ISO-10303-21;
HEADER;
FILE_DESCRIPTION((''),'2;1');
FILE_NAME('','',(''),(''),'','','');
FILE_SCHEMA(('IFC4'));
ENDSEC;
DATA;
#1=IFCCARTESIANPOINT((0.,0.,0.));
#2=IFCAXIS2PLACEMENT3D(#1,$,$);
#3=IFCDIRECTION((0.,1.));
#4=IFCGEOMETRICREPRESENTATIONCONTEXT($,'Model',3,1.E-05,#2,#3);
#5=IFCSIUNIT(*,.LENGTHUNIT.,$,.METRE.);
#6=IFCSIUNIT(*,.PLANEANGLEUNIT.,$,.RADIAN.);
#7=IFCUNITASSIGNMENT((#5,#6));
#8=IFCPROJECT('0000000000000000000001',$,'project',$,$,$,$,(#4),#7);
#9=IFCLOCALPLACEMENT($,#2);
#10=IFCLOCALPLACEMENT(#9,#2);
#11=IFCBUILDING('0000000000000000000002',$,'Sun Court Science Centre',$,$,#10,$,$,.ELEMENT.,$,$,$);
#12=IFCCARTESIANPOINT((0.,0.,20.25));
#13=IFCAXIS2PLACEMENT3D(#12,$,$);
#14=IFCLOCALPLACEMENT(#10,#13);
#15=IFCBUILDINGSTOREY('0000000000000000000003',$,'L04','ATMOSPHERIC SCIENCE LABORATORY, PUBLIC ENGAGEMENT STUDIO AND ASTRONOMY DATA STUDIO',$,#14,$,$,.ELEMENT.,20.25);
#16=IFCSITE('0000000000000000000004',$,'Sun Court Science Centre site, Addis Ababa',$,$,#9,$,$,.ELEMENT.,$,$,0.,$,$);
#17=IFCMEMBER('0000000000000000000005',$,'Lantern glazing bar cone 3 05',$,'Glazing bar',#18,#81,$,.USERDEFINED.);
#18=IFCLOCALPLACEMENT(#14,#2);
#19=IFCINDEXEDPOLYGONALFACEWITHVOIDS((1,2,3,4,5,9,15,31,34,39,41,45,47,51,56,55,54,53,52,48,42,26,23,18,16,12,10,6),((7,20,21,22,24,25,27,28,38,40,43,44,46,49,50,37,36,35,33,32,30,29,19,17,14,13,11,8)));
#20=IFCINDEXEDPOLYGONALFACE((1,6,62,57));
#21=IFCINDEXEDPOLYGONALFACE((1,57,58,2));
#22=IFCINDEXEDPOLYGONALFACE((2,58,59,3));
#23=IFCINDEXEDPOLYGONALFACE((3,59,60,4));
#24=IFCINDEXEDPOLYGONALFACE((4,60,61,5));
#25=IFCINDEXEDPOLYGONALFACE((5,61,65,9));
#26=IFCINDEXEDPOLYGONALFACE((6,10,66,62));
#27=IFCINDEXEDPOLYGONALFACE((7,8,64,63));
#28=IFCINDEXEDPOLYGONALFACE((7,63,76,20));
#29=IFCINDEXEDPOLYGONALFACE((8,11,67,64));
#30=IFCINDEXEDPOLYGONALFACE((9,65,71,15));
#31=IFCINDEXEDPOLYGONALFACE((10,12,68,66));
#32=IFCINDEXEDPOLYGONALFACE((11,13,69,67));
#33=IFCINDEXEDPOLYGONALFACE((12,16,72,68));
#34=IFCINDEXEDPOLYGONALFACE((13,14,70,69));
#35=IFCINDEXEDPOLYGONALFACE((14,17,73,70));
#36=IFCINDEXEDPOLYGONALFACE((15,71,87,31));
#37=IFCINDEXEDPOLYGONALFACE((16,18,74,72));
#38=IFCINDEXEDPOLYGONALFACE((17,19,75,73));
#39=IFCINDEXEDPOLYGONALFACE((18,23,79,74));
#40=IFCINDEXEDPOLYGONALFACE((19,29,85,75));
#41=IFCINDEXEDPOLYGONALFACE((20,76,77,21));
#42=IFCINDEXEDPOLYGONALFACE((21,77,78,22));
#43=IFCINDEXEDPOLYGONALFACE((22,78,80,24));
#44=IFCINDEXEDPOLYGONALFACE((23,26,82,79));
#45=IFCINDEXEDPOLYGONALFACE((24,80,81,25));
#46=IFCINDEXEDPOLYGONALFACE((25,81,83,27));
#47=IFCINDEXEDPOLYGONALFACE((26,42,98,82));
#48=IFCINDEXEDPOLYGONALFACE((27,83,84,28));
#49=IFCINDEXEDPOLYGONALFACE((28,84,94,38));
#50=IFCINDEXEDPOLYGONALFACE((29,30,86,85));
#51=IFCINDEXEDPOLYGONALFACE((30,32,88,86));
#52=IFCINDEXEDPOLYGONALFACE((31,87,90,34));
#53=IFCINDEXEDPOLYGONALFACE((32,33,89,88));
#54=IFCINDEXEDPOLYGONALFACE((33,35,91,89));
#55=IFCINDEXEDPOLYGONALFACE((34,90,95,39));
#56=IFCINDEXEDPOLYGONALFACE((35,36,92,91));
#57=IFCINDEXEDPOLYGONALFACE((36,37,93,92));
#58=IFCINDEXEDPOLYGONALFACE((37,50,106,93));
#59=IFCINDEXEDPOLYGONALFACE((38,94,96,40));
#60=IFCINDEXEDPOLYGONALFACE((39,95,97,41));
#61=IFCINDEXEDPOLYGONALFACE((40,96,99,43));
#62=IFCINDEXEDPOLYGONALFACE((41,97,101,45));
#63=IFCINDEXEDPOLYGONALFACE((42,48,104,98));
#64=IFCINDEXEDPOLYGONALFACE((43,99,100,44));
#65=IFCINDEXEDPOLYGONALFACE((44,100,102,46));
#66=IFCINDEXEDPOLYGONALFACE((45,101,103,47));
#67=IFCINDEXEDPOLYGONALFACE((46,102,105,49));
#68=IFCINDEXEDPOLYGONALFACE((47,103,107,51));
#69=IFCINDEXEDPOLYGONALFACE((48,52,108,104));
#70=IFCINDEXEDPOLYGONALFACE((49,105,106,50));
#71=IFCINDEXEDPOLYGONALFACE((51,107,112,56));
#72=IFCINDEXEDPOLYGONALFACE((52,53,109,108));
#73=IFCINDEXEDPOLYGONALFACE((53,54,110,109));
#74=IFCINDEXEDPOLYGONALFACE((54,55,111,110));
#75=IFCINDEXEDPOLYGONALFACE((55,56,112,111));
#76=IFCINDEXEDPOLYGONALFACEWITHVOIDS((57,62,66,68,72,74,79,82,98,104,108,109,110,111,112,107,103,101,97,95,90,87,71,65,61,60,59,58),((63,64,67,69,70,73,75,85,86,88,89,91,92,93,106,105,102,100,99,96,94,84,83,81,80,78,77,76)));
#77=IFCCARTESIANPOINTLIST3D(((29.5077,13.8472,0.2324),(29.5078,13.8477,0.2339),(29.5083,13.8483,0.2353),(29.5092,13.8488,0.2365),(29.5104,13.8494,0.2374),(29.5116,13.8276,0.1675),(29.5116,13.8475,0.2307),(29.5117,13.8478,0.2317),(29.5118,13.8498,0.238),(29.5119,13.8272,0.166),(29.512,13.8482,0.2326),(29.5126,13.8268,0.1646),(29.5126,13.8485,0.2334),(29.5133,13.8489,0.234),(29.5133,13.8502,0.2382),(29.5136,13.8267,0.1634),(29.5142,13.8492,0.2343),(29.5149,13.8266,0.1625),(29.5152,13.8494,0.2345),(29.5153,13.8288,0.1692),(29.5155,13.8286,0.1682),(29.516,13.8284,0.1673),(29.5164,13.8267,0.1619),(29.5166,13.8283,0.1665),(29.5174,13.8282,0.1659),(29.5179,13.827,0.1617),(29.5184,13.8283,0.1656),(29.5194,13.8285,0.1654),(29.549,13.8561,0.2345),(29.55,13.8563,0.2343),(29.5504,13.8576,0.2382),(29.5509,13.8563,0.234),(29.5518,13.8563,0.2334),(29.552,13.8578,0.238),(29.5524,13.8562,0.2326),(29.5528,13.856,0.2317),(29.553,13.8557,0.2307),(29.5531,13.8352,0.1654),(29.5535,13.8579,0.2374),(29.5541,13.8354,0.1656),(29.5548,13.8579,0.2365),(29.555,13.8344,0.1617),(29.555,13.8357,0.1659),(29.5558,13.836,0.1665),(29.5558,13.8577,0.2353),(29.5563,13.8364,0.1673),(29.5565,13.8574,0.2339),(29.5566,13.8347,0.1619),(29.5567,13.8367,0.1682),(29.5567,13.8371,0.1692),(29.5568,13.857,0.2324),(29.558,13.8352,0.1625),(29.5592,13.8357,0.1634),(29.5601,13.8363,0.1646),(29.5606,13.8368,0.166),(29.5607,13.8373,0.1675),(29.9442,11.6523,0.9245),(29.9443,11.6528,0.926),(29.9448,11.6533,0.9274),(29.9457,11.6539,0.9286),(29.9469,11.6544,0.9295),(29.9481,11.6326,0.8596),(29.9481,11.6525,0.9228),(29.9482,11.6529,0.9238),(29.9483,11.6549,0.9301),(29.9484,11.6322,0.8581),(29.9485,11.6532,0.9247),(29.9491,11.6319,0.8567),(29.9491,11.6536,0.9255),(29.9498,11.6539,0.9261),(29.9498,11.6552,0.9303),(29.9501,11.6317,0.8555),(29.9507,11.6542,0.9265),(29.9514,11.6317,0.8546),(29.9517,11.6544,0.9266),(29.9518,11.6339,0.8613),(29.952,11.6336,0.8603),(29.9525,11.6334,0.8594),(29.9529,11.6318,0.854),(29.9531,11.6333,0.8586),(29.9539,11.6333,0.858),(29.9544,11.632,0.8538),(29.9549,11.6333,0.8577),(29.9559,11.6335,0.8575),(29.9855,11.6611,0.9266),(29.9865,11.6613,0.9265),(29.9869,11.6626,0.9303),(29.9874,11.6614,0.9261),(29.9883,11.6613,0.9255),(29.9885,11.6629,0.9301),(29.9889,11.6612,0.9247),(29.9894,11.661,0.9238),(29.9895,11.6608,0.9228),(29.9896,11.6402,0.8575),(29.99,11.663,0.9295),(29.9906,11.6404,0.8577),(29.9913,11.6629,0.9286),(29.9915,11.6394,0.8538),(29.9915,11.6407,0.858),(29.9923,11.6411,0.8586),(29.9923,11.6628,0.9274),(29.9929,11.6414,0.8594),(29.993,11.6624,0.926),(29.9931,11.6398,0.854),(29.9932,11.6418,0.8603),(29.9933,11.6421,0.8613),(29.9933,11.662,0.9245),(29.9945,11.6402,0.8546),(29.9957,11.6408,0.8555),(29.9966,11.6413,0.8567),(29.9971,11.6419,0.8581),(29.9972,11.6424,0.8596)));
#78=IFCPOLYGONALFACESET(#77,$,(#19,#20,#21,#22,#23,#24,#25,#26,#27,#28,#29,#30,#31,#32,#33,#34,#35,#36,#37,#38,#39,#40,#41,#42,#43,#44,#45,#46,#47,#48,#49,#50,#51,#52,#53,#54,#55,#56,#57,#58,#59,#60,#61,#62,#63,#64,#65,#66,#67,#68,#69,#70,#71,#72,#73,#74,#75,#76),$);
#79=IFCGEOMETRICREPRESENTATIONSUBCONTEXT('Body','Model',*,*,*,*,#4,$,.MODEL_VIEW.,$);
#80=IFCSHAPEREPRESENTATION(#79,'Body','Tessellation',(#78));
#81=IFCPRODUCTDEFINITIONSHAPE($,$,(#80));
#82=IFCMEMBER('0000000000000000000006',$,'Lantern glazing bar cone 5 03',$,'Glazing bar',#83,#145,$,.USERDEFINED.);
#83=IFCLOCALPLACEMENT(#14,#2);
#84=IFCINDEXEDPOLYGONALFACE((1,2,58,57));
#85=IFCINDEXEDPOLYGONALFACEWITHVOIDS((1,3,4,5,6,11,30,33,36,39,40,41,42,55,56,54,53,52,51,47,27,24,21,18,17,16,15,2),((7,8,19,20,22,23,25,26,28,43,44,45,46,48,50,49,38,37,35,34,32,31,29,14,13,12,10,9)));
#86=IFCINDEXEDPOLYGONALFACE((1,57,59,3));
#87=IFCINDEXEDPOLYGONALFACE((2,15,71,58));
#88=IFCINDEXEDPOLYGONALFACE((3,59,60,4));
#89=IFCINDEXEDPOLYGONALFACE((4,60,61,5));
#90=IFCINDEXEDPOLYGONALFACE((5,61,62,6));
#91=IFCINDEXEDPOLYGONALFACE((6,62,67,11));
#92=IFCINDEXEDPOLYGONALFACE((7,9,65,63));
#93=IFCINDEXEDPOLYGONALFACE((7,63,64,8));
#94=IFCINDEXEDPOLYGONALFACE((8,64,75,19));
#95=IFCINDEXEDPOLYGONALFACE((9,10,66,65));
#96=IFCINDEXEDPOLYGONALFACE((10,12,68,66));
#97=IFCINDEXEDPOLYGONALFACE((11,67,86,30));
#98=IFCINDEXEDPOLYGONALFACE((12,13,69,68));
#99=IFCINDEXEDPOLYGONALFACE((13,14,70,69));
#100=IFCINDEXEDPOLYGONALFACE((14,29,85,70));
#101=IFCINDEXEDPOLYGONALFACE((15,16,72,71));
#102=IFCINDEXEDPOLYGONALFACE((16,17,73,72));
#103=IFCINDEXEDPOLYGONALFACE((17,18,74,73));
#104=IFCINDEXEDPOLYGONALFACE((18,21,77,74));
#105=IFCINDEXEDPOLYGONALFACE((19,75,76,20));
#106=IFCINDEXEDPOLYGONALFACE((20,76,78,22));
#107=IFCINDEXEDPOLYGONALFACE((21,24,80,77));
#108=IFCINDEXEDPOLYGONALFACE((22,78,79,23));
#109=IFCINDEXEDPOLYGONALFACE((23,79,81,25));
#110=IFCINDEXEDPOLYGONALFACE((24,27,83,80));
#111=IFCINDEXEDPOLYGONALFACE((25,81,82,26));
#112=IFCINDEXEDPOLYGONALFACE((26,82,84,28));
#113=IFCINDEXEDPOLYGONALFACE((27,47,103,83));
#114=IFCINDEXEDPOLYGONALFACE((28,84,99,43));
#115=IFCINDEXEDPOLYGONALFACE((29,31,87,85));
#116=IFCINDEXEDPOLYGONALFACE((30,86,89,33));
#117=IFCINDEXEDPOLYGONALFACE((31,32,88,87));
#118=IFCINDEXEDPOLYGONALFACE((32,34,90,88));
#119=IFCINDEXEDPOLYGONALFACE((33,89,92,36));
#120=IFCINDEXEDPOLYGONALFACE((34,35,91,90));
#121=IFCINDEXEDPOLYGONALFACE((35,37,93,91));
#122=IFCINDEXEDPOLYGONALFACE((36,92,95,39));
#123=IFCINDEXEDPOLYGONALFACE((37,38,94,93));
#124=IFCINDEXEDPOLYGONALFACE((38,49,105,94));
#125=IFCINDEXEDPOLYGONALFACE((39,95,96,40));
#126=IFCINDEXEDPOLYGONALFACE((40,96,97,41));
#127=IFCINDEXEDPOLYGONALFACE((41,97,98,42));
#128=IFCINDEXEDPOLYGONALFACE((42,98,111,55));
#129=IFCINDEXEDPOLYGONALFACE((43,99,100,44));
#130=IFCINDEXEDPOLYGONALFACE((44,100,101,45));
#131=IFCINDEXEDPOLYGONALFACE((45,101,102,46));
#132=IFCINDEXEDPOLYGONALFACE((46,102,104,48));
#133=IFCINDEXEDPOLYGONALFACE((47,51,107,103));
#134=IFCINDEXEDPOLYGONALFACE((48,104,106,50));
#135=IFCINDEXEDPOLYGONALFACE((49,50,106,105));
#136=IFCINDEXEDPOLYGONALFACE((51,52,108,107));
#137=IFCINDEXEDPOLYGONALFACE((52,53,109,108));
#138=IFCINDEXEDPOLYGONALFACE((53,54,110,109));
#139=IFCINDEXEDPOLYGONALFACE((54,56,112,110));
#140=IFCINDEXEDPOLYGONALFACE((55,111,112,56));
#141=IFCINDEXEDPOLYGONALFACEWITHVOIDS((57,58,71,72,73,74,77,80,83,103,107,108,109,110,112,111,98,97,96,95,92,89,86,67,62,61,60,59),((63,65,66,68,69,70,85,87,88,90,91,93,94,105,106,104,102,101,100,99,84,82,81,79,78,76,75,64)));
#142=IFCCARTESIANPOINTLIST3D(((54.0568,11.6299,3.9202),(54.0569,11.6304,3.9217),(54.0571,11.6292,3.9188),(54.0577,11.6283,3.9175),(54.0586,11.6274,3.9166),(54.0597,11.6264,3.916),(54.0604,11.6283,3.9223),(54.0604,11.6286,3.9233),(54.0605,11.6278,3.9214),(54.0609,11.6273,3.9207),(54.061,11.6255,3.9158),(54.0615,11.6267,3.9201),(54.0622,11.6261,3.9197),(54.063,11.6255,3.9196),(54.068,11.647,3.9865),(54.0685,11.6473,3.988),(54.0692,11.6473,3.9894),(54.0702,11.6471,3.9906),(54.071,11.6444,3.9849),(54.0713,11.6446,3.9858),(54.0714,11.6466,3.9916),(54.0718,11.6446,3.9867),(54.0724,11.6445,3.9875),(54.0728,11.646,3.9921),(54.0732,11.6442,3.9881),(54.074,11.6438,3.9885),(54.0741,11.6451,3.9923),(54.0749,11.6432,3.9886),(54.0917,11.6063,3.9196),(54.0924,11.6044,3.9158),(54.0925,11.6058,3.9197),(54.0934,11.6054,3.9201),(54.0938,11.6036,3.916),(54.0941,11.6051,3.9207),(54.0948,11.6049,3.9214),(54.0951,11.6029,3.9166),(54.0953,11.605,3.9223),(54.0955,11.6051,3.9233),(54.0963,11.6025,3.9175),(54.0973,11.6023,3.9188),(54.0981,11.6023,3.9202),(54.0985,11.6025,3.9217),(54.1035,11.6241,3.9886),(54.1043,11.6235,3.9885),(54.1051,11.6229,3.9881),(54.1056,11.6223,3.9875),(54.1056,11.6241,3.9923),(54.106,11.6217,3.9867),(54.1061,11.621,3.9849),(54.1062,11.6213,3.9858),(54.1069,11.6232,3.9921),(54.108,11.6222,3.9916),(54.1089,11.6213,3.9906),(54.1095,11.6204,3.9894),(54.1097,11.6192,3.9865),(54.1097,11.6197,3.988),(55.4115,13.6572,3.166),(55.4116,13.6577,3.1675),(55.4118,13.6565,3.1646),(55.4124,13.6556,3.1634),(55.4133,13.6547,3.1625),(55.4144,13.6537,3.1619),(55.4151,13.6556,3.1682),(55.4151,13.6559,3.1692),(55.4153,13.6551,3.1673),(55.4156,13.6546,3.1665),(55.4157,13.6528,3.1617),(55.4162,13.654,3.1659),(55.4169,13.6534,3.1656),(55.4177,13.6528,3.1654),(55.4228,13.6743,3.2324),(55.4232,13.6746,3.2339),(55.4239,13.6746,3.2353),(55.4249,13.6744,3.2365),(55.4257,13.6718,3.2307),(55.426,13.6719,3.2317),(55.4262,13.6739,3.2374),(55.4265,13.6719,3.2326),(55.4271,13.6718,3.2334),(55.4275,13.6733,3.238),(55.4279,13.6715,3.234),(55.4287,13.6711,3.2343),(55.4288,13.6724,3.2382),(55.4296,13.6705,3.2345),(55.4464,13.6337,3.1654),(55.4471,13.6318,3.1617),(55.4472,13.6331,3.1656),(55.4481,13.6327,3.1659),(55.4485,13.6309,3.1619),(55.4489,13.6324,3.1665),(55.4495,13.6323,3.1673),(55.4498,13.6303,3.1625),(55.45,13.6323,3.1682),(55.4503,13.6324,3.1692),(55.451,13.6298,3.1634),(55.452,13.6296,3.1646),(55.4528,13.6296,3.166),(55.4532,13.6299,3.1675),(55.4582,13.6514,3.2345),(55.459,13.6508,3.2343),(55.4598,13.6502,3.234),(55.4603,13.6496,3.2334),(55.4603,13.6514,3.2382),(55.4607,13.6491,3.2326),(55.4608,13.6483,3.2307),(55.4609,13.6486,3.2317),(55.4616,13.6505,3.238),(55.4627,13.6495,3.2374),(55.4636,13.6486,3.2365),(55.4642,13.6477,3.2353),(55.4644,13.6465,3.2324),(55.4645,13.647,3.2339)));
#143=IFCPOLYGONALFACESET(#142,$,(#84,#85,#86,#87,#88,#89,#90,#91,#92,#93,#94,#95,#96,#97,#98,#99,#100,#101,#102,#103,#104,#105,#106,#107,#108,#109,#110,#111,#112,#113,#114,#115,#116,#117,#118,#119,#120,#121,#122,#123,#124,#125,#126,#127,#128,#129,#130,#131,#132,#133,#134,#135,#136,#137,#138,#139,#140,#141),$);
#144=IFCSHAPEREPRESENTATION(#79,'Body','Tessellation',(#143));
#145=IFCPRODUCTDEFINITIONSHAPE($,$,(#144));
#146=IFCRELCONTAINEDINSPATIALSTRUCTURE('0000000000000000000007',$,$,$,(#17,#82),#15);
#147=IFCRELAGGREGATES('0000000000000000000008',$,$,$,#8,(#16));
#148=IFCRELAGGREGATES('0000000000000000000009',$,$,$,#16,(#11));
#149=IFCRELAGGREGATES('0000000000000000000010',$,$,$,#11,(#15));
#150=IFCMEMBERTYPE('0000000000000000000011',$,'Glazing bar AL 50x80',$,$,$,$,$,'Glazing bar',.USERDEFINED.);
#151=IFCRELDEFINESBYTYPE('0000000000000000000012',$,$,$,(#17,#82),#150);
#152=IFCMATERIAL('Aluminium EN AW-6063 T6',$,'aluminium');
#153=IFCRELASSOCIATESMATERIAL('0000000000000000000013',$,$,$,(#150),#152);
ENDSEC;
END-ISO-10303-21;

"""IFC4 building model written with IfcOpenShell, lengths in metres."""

from ifc_helpers import new_model, si_unit, direction, frame, origin, origin_2d, place, context, subcontext, project, spatial, hollow_rectangle, extrude, material, material_profile, profile_set, type_object, element, save


model = new_model("IFC4")

# Units and contexts
model_context = context("Model", 3, precision=1e-05, world=origin(), true_north=direction((0.0, 1.0)))
body_context = subcontext(model_context, "Body", "Model", "MODEL_VIEW")
ifc_project = project(units=[si_unit("LENGTHUNIT", "METRE"), si_unit("PLANEANGLEUNIT", "RADIAN")], contexts=[model_context])

# Site, building, storey
site_placement = place(None, origin())
site = spatial("IfcSite", under=ifc_project, at=site_placement, Name="Sun Court Science Centre site, Addis Ababa", CompositionType="ELEMENT", RefElevation=0.0)
building_placement = place(site_placement, origin())
building = spatial("IfcBuilding", under=site, at=building_placement, Name="Sun Court Science Centre", CompositionType="ELEMENT")
storey_placement = place(building_placement, frame((0.0, 0.0, 20.25)))
storey = spatial("IfcBuildingStorey", under=building, at=storey_placement, Name="L04", Description="ATMOSPHERIC SCIENCE LABORATORY, PUBLIC ENGAGEMENT STUDIO AND ASTRONOMY DATA STUDIO", CompositionType="ELEMENT", Elevation=20.25)

# Members
ifc_material_1 = material(Name="Aluminium EN AW-6063 T6", Category="aluminium")
ifc_material_profile_1 = material_profile(ifc_material_1, hollow_rectangle(XDim=0.05, YDim=0.0801, WallThickness=0.0039, InnerFilletRadius=0.0039, OuterFilletRadius=0.0061, at=origin_2d()), Name="AL 50x80x4")
ifc_profile_set_1 = profile_set([ifc_material_profile_1], Name="Aluminium EN AW-6063 T6")
member_type_1 = type_object("IfcMemberType", Name="Glazing bar AL 50x80", ElementType="Glazing bar", PredefinedType="USERDEFINED", material=ifc_profile_set_1)
for number, where, z_axis, x_axis, name in (
    (1, (29.5342, 13.8423, 0.2), (0.186339, -0.937009, 0.295453), (0.980794, 0.195046, 0.0), "Lantern glazing bar cone 3 05"),
):
    element("IfcMember", number, at=place(storey_placement, frame(where, z_axis=z_axis, x_axis=x_axis)), inside=storey, type_object=member_type_1, Name=name, ObjectType="Glazing bar", PredefinedType="USERDEFINED", context=body_context, shape_type="SweptSolid", body=[
        extrude(hollow_rectangle(XDim=0.05, YDim=0.0801, WallThickness=0.0039, InnerFilletRadius=0.0039, OuterFilletRadius=0.0061, at=origin_2d()), origin(), (0.0, 0.0, 1.0), 2.3425),
    ])
for number, where, z_axis, x_axis, name in (
    (2, (55.438, 13.6521, 3.2), (-0.530793, -0.794324, 0.29548), (0.831449, -0.555601, 0.0), "Lantern glazing bar cone 5 03"),
):
    element("IfcMember", number, at=place(storey_placement, frame(where, z_axis=z_axis, x_axis=x_axis)), inside=storey, type_object=member_type_1, Name=name, ObjectType="Glazing bar", PredefinedType="USERDEFINED", context=body_context, shape_type="SweptSolid", body=[
        extrude(hollow_rectangle(XDim=0.05, YDim=0.0801, WallThickness=0.0039, InnerFilletRadius=0.0039, OuterFilletRadius=0.0061, at=origin_2d()), origin(), (0.0, 0.0, 1.0), 2.5522),
    ])

save(model, "model.ifc")
